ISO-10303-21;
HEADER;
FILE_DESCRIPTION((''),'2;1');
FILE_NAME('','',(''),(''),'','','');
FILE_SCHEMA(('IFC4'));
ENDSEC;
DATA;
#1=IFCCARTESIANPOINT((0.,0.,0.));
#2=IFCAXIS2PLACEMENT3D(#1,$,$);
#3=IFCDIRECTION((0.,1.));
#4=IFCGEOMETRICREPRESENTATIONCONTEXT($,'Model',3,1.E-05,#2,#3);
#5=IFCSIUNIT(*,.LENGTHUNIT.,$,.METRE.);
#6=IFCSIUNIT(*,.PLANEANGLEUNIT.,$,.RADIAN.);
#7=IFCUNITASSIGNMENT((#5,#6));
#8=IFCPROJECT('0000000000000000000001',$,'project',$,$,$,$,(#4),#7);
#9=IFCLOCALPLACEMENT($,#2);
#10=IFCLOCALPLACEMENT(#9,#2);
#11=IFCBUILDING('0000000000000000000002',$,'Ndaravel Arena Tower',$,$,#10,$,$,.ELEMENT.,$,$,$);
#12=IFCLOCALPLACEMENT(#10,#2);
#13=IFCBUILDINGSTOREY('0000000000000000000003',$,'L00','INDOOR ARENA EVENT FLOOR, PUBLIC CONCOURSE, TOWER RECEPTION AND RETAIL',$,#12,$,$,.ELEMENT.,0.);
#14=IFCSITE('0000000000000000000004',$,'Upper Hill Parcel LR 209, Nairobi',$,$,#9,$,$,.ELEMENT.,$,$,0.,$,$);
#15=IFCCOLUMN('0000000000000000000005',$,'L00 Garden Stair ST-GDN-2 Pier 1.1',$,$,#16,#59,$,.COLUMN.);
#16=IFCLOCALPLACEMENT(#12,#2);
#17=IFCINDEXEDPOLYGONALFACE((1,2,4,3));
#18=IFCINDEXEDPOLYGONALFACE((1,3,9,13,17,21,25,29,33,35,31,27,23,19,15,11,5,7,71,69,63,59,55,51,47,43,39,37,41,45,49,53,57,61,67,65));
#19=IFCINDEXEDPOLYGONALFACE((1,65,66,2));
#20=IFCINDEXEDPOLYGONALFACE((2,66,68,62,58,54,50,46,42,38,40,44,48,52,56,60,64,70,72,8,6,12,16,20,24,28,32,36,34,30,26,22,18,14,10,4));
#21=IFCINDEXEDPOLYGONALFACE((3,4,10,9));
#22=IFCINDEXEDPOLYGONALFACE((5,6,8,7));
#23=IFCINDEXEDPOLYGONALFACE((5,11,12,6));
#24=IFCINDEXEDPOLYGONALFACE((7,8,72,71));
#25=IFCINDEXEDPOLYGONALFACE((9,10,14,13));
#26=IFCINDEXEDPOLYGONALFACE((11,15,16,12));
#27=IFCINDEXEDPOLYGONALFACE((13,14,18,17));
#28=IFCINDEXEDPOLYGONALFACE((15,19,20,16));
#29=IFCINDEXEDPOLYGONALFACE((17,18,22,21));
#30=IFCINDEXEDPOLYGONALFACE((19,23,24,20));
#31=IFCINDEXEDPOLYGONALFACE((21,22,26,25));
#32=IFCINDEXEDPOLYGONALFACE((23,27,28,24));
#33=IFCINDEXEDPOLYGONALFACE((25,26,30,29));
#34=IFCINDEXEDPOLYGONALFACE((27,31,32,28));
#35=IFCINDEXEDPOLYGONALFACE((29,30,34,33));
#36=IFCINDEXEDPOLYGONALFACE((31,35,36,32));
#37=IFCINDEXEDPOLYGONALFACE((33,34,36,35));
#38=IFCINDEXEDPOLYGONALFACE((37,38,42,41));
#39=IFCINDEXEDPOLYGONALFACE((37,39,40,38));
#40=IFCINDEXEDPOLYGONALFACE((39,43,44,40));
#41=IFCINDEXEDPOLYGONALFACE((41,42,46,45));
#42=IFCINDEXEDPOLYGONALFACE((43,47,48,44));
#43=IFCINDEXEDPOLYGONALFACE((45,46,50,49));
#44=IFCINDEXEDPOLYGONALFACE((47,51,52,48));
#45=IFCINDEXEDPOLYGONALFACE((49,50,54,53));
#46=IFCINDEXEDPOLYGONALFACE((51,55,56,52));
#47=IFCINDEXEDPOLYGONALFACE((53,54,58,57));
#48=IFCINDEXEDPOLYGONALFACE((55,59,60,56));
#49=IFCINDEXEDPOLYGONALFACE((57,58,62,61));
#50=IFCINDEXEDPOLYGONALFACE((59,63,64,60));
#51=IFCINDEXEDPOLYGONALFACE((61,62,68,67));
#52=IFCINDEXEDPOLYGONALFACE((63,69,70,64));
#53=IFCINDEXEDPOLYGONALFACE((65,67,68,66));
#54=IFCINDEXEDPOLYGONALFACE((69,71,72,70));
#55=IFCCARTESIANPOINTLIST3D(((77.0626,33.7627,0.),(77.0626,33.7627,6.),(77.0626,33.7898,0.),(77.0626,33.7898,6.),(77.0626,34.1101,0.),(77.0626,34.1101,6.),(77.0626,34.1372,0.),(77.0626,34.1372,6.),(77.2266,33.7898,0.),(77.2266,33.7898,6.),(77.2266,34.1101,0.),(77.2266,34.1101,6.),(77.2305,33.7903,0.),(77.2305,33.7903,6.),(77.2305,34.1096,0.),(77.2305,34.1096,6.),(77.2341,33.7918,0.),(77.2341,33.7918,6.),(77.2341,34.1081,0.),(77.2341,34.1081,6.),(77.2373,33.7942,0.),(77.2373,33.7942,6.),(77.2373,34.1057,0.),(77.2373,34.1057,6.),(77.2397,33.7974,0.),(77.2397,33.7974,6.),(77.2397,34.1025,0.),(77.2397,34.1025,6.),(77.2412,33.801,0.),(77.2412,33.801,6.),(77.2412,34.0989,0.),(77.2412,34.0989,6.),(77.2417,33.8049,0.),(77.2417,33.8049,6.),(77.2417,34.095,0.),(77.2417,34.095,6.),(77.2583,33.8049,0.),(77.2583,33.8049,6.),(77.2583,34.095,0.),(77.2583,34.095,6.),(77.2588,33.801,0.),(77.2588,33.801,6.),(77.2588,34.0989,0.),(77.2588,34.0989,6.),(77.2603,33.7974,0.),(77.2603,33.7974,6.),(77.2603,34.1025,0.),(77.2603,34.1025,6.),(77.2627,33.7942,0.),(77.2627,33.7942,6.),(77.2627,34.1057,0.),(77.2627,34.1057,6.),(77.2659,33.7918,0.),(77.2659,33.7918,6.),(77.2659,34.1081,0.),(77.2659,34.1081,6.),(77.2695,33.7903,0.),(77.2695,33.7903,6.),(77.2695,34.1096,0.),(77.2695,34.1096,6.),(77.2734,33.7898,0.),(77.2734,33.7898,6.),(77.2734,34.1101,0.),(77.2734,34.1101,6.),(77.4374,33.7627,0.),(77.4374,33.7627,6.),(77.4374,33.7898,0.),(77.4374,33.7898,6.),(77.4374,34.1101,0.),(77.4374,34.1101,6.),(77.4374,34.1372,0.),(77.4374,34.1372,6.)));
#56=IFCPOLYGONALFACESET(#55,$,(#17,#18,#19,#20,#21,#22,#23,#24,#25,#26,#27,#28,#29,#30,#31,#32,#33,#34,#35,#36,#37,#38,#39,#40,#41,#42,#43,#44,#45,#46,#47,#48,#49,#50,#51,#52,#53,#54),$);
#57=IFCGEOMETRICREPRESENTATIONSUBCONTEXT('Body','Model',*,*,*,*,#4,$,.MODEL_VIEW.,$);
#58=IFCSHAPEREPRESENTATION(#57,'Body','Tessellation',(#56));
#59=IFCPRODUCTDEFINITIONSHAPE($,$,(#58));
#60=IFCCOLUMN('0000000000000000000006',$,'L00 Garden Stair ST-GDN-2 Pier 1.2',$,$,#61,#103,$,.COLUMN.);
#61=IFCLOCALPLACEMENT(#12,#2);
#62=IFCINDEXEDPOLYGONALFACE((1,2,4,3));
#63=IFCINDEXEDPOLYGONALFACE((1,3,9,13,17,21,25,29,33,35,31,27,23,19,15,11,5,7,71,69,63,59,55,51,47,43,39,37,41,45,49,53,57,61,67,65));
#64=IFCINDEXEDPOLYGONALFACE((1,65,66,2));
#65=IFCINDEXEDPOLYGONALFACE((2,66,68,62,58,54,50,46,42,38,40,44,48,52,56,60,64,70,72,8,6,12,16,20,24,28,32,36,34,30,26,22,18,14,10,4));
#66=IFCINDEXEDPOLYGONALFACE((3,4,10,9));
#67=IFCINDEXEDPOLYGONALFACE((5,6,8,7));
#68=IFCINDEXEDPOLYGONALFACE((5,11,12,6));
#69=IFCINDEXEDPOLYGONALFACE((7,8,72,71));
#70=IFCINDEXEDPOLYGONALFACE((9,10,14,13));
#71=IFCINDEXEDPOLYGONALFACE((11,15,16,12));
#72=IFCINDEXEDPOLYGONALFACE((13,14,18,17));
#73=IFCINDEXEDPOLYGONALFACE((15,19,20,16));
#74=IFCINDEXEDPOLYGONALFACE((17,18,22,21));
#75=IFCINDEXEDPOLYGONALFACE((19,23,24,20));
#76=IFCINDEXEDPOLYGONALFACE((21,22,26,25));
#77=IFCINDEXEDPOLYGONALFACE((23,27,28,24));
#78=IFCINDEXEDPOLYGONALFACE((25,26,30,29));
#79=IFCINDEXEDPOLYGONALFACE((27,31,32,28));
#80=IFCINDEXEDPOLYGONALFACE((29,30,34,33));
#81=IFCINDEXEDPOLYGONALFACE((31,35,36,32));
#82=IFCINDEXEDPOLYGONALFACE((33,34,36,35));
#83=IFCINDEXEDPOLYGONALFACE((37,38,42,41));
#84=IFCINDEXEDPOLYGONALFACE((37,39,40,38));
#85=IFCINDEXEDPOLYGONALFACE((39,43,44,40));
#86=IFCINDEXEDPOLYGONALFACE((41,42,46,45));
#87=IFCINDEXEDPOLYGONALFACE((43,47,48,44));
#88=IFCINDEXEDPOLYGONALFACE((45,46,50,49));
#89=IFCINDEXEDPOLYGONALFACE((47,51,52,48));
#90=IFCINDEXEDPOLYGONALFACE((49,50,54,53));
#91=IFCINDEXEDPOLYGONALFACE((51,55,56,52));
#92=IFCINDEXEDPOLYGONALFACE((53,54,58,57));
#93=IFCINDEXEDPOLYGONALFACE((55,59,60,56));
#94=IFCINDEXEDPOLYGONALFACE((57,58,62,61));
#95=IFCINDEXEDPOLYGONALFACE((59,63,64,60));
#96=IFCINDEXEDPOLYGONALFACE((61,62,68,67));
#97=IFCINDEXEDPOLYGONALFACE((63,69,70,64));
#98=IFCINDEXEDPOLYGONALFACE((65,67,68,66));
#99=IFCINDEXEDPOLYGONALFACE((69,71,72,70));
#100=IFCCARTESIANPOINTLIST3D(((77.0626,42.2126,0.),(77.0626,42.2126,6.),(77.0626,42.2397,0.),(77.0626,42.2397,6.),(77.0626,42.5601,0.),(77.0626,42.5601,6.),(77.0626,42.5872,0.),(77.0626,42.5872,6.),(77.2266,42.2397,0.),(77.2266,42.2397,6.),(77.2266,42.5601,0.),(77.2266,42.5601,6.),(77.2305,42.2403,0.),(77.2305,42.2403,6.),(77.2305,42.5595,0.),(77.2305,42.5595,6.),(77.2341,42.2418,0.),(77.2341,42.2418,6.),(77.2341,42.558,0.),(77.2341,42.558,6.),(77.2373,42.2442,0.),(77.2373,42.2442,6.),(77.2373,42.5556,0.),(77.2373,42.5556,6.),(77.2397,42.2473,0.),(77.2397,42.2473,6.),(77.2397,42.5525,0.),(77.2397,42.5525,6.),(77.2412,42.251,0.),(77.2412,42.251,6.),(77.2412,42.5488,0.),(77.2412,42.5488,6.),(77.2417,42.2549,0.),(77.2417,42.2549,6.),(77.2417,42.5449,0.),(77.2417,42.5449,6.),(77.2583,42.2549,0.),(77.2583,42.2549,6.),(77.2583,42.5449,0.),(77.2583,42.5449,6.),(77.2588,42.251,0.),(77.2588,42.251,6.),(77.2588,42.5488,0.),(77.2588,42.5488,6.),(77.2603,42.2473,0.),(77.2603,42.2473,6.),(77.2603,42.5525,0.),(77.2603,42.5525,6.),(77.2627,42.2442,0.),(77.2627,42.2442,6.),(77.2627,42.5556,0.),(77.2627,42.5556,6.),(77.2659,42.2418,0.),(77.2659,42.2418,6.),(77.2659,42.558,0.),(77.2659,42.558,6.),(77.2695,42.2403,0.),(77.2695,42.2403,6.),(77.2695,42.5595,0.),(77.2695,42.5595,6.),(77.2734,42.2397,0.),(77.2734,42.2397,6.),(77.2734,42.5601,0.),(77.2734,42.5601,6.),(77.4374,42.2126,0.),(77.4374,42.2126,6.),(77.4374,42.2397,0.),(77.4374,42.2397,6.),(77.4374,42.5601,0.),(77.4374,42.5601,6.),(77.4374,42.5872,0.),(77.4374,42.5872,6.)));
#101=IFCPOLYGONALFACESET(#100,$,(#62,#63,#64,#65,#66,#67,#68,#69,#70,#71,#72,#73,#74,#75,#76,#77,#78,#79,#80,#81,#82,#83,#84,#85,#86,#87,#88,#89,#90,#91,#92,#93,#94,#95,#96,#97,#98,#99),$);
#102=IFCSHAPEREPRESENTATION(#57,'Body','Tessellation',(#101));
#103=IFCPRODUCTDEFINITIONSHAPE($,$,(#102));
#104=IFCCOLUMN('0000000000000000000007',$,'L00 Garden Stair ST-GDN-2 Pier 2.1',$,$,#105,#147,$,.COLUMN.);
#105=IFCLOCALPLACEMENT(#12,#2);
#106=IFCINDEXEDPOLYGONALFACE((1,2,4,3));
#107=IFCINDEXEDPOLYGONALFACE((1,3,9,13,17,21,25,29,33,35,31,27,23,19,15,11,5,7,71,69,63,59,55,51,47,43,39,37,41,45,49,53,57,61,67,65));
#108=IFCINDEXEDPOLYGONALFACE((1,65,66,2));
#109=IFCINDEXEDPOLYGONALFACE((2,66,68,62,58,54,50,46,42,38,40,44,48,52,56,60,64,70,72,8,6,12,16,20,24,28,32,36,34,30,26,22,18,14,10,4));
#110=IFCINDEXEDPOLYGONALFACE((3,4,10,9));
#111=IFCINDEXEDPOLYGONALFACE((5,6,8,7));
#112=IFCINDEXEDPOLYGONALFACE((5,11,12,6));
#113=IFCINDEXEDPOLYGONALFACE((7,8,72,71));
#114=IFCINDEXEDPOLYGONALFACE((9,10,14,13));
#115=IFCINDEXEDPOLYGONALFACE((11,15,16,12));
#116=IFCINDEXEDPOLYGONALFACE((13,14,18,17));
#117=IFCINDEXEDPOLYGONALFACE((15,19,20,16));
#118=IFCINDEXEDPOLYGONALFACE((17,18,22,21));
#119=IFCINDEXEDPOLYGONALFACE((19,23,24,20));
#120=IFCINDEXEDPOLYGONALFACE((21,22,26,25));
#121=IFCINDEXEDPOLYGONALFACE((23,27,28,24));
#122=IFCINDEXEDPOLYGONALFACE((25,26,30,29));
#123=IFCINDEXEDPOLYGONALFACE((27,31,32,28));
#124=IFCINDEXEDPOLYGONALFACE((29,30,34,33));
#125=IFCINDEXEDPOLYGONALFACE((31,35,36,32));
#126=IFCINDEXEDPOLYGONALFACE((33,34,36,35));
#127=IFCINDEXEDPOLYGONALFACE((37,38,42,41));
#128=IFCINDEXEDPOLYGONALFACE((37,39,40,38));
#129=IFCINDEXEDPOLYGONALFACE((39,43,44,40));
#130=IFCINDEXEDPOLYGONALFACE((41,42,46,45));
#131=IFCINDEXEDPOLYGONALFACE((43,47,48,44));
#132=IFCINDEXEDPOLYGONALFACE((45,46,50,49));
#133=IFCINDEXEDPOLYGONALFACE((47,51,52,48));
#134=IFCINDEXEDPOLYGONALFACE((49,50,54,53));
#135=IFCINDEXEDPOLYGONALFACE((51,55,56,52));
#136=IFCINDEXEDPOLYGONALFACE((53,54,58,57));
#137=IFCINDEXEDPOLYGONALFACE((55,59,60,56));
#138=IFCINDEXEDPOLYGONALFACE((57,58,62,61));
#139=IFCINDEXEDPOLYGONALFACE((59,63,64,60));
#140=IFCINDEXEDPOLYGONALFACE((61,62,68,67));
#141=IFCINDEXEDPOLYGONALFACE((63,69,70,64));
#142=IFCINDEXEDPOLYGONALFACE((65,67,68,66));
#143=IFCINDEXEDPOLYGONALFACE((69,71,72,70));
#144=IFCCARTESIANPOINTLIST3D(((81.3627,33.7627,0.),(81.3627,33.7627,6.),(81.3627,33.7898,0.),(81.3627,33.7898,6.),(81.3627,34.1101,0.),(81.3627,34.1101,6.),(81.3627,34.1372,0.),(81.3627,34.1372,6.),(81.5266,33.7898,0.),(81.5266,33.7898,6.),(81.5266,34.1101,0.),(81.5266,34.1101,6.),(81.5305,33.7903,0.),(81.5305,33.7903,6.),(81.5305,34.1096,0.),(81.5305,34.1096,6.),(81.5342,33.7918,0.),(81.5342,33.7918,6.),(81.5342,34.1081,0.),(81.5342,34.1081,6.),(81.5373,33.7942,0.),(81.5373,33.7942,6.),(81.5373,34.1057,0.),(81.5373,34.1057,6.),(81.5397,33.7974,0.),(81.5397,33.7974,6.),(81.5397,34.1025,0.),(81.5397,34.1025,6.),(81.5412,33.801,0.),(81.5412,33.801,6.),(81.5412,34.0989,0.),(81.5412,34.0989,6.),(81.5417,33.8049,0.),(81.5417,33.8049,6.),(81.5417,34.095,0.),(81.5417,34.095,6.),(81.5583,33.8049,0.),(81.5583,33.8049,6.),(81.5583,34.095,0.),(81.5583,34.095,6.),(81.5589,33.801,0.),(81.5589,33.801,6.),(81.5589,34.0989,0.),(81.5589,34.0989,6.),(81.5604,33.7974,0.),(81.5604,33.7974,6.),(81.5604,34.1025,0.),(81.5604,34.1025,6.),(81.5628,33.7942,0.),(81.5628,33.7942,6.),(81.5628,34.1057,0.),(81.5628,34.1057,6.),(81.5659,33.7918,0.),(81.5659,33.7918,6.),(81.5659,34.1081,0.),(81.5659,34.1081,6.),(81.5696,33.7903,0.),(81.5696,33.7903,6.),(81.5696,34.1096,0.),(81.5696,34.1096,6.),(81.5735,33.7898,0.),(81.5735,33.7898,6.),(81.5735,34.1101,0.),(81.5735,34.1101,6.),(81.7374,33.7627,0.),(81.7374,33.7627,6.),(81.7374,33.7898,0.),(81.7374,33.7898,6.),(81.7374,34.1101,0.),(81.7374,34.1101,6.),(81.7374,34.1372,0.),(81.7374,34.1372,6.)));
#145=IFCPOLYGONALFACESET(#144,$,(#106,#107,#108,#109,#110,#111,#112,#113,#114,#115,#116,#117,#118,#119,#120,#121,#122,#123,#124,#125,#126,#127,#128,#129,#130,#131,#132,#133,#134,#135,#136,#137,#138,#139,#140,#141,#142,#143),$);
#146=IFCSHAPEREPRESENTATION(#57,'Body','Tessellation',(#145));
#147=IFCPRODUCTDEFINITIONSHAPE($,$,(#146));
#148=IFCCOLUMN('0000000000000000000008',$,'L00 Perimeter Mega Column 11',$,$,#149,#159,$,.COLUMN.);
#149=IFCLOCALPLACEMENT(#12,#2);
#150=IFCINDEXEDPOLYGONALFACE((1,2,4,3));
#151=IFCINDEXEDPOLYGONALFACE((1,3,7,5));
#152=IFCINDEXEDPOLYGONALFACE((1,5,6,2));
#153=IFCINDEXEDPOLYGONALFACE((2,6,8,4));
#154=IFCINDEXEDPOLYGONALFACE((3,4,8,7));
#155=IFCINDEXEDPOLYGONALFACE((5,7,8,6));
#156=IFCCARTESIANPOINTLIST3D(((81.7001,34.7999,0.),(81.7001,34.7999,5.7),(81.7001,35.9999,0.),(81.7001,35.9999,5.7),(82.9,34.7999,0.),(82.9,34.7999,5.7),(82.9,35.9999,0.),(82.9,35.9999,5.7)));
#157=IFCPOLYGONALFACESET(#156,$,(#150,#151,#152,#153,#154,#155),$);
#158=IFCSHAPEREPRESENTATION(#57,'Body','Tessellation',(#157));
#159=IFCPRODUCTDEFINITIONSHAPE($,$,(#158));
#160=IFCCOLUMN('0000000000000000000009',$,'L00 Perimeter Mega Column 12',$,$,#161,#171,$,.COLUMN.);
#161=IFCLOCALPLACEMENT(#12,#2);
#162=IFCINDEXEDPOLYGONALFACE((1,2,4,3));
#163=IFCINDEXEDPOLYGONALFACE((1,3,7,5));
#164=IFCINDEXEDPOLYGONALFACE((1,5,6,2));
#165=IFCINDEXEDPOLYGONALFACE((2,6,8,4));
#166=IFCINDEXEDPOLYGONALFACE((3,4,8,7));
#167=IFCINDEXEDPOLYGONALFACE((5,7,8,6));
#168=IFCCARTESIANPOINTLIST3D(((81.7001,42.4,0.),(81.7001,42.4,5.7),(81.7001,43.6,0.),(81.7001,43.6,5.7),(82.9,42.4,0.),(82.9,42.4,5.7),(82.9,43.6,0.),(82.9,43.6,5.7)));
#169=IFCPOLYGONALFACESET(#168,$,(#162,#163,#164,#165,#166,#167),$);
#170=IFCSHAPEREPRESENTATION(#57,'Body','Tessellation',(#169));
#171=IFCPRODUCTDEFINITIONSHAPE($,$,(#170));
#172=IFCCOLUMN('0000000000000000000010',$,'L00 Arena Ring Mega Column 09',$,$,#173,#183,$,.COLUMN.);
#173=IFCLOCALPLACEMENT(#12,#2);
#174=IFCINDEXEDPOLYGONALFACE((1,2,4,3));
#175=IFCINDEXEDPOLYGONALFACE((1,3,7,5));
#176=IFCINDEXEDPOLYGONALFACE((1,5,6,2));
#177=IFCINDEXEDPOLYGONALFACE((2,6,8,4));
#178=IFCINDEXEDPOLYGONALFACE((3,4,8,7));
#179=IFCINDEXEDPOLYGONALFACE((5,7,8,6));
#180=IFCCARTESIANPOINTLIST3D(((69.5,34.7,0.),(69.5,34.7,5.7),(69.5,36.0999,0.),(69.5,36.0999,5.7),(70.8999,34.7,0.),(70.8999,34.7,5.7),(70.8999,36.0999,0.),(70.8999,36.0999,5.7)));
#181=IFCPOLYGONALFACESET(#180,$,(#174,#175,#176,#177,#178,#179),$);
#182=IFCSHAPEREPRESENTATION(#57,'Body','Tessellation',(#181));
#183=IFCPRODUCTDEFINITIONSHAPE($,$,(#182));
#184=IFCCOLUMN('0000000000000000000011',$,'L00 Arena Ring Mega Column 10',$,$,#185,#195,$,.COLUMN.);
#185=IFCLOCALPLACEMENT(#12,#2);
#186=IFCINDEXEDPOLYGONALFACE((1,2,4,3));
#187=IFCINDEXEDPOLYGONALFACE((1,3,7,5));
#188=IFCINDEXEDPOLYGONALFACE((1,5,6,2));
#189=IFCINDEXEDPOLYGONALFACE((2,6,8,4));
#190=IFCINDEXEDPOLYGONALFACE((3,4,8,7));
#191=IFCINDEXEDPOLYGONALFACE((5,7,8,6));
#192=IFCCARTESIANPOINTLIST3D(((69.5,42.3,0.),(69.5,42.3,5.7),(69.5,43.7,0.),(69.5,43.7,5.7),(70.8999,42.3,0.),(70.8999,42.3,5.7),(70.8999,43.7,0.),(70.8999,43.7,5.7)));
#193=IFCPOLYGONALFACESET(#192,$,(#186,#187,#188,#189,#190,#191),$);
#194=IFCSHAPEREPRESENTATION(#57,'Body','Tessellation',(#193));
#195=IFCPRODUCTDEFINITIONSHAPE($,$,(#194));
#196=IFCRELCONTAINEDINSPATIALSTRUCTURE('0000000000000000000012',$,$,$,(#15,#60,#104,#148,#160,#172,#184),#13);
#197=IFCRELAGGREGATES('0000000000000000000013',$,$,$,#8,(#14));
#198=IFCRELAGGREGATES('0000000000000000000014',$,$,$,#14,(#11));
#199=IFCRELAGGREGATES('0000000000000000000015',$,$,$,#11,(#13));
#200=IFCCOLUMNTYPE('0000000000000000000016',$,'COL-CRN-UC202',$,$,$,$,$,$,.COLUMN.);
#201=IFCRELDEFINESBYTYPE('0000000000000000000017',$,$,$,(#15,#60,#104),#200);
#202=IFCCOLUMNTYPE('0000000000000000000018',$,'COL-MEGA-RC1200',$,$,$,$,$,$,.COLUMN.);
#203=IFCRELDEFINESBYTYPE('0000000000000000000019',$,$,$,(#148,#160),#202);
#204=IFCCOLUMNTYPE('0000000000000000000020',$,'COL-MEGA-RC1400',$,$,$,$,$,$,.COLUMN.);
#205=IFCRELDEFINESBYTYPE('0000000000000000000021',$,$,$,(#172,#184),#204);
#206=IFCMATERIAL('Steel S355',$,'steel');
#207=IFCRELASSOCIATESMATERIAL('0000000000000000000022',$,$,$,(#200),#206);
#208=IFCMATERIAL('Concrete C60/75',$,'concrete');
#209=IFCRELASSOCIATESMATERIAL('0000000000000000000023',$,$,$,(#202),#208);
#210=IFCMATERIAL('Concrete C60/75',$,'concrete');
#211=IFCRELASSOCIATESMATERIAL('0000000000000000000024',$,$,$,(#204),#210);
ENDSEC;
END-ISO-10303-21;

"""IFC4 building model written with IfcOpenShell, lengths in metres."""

from ifc_helpers import new_model, si_unit, direction, frame, origin, origin_2d, place, context, subcontext, project, spatial, rectangle, i_section, extrude, material, material_profile, profile_set, type_object, element, save


model = new_model("IFC4")

# Units and contexts
model_context = context("Model", 3, precision=1e-05, world=origin(), true_north=direction((0.0, 1.0)))
body_context = subcontext(model_context, "Body", "Model", "MODEL_VIEW")
ifc_project = project(units=[si_unit("LENGTHUNIT", "METRE"), si_unit("PLANEANGLEUNIT", "RADIAN")], contexts=[model_context])

# Site, building, storey
site_placement = place(None, origin())
site = spatial("IfcSite", under=ifc_project, at=site_placement, Name="Upper Hill Parcel LR 209, Nairobi", CompositionType="ELEMENT", RefElevation=0.0)
building_placement = place(site_placement, origin())
building = spatial("IfcBuilding", under=site, at=building_placement, Name="Ndaravel Arena Tower", CompositionType="ELEMENT")
storey_placement = place(building_placement, origin())
storey = spatial("IfcBuildingStorey", under=building, at=storey_placement, Name="L00", Description="INDOOR ARENA EVENT FLOOR, PUBLIC CONCOURSE, TOWER RECEPTION AND RETAIL", CompositionType="ELEMENT", Elevation=0.0)

# Columns
ifc_material_1 = material(Name="Steel S355", Category="steel")
ifc_material_profile_1 = material_profile(ifc_material_1, i_section(OverallWidth=0.3748, OverallDepth=0.3745, WebThickness=0.0166, FlangeThickness=0.0271, FilletRadius=0.0151, at=origin_2d()), Name="UC 356x368x202")
ifc_profile_set_1 = profile_set([ifc_material_profile_1], Name="Steel S355")
column_type_1 = type_object("IfcColumnType", Name="COL-CRN-UC202", PredefinedType="COLUMN", material=ifc_profile_set_1)
for number, where, z_axis, x_axis, name in (
    (1, (77.25, 33.95, 0.0), (0.0, 0.0, 1.0), (1.0, 0.0, 0.0), "L00 Garden Stair ST-GDN-2 Pier 1.1"),
    (2, (77.25, 42.3999, 0.0), (0.0, 0.0, 1.0), (1.0, 0.0, 0.0), "L00 Garden Stair ST-GDN-2 Pier 1.2"),
    (3, (81.55, 33.95, 0.0), (0.0, 0.0, 1.0), (1.0, 0.0, 0.0), "L00 Garden Stair ST-GDN-2 Pier 2.1"),
):
    element("IfcColumn", number, at=place(storey_placement, frame(where, z_axis=z_axis, x_axis=x_axis)), inside=storey, type_object=column_type_1, Name=name, PredefinedType="COLUMN", context=body_context, shape_type="SweptSolid", body=[
        extrude(i_section(OverallWidth=0.3748, OverallDepth=0.3745, WebThickness=0.0166, FlangeThickness=0.0271, FilletRadius=0.0151, at=origin_2d()), origin(), (0.0, 0.0, 1.0), 6.0),
    ])
ifc_material_2 = material(Name="Concrete C60/75", Category="concrete")
ifc_material_profile_2 = material_profile(ifc_material_2, rectangle(XDim=1.2, YDim=1.2, at=origin_2d()), Name="RC 1200x1200")
ifc_profile_set_2 = profile_set([ifc_material_profile_2], Name="Concrete C60/75")
column_type_2 = type_object("IfcColumnType", Name="COL-MEGA-RC1200", PredefinedType="COLUMN", material=ifc_profile_set_2)
for number, where, z_axis, x_axis, name in (
    (4, (82.3, 35.3999, 0.0), (0.0, 0.0, 1.0), (1.0, 0.0, 0.0), "L00 Perimeter Mega Column 11"),
    (5, (82.3, 43.0, 0.0), (0.0, 0.0, 1.0), (1.0, 0.0, 0.0), "L00 Perimeter Mega Column 12"),
):
    element("IfcColumn", number, at=place(storey_placement, frame(where, z_axis=z_axis, x_axis=x_axis)), inside=storey, type_object=column_type_2, Name=name, PredefinedType="COLUMN", context=body_context, shape_type="SweptSolid", body=[
        extrude(rectangle(XDim=1.2, YDim=1.2, at=origin_2d()), origin(), (0.0, 0.0, 1.0), 5.7),
    ])
ifc_material_3 = material(Name="Concrete C60/75", Category="concrete")
ifc_material_profile_3 = material_profile(ifc_material_3, rectangle(XDim=1.3999, YDim=1.3999, at=origin_2d()), Name="RC 1400x1400")
ifc_profile_set_3 = profile_set([ifc_material_profile_3], Name="Concrete C60/75")
column_type_3 = type_object("IfcColumnType", Name="COL-MEGA-RC1400", PredefinedType="COLUMN", material=ifc_profile_set_3)
for number, where, z_axis, x_axis, name in (
    (6, (70.2, 35.3999, 0.0), (0.0, 0.0, 1.0), (1.0, 0.0, 0.0), "L00 Arena Ring Mega Column 09"),
    (7, (70.2, 43.0, 0.0), (0.0, 0.0, 1.0), (1.0, 0.0, 0.0), "L00 Arena Ring Mega Column 10"),
):
    element("IfcColumn", number, at=place(storey_placement, frame(where, z_axis=z_axis, x_axis=x_axis)), inside=storey, type_object=column_type_3, Name=name, PredefinedType="COLUMN", context=body_context, shape_type="SweptSolid", body=[
        extrude(rectangle(XDim=1.3999, YDim=1.3999, at=origin_2d()), origin(), (0.0, 0.0, 1.0), 5.7),
    ])

save(model, "model.ifc")
